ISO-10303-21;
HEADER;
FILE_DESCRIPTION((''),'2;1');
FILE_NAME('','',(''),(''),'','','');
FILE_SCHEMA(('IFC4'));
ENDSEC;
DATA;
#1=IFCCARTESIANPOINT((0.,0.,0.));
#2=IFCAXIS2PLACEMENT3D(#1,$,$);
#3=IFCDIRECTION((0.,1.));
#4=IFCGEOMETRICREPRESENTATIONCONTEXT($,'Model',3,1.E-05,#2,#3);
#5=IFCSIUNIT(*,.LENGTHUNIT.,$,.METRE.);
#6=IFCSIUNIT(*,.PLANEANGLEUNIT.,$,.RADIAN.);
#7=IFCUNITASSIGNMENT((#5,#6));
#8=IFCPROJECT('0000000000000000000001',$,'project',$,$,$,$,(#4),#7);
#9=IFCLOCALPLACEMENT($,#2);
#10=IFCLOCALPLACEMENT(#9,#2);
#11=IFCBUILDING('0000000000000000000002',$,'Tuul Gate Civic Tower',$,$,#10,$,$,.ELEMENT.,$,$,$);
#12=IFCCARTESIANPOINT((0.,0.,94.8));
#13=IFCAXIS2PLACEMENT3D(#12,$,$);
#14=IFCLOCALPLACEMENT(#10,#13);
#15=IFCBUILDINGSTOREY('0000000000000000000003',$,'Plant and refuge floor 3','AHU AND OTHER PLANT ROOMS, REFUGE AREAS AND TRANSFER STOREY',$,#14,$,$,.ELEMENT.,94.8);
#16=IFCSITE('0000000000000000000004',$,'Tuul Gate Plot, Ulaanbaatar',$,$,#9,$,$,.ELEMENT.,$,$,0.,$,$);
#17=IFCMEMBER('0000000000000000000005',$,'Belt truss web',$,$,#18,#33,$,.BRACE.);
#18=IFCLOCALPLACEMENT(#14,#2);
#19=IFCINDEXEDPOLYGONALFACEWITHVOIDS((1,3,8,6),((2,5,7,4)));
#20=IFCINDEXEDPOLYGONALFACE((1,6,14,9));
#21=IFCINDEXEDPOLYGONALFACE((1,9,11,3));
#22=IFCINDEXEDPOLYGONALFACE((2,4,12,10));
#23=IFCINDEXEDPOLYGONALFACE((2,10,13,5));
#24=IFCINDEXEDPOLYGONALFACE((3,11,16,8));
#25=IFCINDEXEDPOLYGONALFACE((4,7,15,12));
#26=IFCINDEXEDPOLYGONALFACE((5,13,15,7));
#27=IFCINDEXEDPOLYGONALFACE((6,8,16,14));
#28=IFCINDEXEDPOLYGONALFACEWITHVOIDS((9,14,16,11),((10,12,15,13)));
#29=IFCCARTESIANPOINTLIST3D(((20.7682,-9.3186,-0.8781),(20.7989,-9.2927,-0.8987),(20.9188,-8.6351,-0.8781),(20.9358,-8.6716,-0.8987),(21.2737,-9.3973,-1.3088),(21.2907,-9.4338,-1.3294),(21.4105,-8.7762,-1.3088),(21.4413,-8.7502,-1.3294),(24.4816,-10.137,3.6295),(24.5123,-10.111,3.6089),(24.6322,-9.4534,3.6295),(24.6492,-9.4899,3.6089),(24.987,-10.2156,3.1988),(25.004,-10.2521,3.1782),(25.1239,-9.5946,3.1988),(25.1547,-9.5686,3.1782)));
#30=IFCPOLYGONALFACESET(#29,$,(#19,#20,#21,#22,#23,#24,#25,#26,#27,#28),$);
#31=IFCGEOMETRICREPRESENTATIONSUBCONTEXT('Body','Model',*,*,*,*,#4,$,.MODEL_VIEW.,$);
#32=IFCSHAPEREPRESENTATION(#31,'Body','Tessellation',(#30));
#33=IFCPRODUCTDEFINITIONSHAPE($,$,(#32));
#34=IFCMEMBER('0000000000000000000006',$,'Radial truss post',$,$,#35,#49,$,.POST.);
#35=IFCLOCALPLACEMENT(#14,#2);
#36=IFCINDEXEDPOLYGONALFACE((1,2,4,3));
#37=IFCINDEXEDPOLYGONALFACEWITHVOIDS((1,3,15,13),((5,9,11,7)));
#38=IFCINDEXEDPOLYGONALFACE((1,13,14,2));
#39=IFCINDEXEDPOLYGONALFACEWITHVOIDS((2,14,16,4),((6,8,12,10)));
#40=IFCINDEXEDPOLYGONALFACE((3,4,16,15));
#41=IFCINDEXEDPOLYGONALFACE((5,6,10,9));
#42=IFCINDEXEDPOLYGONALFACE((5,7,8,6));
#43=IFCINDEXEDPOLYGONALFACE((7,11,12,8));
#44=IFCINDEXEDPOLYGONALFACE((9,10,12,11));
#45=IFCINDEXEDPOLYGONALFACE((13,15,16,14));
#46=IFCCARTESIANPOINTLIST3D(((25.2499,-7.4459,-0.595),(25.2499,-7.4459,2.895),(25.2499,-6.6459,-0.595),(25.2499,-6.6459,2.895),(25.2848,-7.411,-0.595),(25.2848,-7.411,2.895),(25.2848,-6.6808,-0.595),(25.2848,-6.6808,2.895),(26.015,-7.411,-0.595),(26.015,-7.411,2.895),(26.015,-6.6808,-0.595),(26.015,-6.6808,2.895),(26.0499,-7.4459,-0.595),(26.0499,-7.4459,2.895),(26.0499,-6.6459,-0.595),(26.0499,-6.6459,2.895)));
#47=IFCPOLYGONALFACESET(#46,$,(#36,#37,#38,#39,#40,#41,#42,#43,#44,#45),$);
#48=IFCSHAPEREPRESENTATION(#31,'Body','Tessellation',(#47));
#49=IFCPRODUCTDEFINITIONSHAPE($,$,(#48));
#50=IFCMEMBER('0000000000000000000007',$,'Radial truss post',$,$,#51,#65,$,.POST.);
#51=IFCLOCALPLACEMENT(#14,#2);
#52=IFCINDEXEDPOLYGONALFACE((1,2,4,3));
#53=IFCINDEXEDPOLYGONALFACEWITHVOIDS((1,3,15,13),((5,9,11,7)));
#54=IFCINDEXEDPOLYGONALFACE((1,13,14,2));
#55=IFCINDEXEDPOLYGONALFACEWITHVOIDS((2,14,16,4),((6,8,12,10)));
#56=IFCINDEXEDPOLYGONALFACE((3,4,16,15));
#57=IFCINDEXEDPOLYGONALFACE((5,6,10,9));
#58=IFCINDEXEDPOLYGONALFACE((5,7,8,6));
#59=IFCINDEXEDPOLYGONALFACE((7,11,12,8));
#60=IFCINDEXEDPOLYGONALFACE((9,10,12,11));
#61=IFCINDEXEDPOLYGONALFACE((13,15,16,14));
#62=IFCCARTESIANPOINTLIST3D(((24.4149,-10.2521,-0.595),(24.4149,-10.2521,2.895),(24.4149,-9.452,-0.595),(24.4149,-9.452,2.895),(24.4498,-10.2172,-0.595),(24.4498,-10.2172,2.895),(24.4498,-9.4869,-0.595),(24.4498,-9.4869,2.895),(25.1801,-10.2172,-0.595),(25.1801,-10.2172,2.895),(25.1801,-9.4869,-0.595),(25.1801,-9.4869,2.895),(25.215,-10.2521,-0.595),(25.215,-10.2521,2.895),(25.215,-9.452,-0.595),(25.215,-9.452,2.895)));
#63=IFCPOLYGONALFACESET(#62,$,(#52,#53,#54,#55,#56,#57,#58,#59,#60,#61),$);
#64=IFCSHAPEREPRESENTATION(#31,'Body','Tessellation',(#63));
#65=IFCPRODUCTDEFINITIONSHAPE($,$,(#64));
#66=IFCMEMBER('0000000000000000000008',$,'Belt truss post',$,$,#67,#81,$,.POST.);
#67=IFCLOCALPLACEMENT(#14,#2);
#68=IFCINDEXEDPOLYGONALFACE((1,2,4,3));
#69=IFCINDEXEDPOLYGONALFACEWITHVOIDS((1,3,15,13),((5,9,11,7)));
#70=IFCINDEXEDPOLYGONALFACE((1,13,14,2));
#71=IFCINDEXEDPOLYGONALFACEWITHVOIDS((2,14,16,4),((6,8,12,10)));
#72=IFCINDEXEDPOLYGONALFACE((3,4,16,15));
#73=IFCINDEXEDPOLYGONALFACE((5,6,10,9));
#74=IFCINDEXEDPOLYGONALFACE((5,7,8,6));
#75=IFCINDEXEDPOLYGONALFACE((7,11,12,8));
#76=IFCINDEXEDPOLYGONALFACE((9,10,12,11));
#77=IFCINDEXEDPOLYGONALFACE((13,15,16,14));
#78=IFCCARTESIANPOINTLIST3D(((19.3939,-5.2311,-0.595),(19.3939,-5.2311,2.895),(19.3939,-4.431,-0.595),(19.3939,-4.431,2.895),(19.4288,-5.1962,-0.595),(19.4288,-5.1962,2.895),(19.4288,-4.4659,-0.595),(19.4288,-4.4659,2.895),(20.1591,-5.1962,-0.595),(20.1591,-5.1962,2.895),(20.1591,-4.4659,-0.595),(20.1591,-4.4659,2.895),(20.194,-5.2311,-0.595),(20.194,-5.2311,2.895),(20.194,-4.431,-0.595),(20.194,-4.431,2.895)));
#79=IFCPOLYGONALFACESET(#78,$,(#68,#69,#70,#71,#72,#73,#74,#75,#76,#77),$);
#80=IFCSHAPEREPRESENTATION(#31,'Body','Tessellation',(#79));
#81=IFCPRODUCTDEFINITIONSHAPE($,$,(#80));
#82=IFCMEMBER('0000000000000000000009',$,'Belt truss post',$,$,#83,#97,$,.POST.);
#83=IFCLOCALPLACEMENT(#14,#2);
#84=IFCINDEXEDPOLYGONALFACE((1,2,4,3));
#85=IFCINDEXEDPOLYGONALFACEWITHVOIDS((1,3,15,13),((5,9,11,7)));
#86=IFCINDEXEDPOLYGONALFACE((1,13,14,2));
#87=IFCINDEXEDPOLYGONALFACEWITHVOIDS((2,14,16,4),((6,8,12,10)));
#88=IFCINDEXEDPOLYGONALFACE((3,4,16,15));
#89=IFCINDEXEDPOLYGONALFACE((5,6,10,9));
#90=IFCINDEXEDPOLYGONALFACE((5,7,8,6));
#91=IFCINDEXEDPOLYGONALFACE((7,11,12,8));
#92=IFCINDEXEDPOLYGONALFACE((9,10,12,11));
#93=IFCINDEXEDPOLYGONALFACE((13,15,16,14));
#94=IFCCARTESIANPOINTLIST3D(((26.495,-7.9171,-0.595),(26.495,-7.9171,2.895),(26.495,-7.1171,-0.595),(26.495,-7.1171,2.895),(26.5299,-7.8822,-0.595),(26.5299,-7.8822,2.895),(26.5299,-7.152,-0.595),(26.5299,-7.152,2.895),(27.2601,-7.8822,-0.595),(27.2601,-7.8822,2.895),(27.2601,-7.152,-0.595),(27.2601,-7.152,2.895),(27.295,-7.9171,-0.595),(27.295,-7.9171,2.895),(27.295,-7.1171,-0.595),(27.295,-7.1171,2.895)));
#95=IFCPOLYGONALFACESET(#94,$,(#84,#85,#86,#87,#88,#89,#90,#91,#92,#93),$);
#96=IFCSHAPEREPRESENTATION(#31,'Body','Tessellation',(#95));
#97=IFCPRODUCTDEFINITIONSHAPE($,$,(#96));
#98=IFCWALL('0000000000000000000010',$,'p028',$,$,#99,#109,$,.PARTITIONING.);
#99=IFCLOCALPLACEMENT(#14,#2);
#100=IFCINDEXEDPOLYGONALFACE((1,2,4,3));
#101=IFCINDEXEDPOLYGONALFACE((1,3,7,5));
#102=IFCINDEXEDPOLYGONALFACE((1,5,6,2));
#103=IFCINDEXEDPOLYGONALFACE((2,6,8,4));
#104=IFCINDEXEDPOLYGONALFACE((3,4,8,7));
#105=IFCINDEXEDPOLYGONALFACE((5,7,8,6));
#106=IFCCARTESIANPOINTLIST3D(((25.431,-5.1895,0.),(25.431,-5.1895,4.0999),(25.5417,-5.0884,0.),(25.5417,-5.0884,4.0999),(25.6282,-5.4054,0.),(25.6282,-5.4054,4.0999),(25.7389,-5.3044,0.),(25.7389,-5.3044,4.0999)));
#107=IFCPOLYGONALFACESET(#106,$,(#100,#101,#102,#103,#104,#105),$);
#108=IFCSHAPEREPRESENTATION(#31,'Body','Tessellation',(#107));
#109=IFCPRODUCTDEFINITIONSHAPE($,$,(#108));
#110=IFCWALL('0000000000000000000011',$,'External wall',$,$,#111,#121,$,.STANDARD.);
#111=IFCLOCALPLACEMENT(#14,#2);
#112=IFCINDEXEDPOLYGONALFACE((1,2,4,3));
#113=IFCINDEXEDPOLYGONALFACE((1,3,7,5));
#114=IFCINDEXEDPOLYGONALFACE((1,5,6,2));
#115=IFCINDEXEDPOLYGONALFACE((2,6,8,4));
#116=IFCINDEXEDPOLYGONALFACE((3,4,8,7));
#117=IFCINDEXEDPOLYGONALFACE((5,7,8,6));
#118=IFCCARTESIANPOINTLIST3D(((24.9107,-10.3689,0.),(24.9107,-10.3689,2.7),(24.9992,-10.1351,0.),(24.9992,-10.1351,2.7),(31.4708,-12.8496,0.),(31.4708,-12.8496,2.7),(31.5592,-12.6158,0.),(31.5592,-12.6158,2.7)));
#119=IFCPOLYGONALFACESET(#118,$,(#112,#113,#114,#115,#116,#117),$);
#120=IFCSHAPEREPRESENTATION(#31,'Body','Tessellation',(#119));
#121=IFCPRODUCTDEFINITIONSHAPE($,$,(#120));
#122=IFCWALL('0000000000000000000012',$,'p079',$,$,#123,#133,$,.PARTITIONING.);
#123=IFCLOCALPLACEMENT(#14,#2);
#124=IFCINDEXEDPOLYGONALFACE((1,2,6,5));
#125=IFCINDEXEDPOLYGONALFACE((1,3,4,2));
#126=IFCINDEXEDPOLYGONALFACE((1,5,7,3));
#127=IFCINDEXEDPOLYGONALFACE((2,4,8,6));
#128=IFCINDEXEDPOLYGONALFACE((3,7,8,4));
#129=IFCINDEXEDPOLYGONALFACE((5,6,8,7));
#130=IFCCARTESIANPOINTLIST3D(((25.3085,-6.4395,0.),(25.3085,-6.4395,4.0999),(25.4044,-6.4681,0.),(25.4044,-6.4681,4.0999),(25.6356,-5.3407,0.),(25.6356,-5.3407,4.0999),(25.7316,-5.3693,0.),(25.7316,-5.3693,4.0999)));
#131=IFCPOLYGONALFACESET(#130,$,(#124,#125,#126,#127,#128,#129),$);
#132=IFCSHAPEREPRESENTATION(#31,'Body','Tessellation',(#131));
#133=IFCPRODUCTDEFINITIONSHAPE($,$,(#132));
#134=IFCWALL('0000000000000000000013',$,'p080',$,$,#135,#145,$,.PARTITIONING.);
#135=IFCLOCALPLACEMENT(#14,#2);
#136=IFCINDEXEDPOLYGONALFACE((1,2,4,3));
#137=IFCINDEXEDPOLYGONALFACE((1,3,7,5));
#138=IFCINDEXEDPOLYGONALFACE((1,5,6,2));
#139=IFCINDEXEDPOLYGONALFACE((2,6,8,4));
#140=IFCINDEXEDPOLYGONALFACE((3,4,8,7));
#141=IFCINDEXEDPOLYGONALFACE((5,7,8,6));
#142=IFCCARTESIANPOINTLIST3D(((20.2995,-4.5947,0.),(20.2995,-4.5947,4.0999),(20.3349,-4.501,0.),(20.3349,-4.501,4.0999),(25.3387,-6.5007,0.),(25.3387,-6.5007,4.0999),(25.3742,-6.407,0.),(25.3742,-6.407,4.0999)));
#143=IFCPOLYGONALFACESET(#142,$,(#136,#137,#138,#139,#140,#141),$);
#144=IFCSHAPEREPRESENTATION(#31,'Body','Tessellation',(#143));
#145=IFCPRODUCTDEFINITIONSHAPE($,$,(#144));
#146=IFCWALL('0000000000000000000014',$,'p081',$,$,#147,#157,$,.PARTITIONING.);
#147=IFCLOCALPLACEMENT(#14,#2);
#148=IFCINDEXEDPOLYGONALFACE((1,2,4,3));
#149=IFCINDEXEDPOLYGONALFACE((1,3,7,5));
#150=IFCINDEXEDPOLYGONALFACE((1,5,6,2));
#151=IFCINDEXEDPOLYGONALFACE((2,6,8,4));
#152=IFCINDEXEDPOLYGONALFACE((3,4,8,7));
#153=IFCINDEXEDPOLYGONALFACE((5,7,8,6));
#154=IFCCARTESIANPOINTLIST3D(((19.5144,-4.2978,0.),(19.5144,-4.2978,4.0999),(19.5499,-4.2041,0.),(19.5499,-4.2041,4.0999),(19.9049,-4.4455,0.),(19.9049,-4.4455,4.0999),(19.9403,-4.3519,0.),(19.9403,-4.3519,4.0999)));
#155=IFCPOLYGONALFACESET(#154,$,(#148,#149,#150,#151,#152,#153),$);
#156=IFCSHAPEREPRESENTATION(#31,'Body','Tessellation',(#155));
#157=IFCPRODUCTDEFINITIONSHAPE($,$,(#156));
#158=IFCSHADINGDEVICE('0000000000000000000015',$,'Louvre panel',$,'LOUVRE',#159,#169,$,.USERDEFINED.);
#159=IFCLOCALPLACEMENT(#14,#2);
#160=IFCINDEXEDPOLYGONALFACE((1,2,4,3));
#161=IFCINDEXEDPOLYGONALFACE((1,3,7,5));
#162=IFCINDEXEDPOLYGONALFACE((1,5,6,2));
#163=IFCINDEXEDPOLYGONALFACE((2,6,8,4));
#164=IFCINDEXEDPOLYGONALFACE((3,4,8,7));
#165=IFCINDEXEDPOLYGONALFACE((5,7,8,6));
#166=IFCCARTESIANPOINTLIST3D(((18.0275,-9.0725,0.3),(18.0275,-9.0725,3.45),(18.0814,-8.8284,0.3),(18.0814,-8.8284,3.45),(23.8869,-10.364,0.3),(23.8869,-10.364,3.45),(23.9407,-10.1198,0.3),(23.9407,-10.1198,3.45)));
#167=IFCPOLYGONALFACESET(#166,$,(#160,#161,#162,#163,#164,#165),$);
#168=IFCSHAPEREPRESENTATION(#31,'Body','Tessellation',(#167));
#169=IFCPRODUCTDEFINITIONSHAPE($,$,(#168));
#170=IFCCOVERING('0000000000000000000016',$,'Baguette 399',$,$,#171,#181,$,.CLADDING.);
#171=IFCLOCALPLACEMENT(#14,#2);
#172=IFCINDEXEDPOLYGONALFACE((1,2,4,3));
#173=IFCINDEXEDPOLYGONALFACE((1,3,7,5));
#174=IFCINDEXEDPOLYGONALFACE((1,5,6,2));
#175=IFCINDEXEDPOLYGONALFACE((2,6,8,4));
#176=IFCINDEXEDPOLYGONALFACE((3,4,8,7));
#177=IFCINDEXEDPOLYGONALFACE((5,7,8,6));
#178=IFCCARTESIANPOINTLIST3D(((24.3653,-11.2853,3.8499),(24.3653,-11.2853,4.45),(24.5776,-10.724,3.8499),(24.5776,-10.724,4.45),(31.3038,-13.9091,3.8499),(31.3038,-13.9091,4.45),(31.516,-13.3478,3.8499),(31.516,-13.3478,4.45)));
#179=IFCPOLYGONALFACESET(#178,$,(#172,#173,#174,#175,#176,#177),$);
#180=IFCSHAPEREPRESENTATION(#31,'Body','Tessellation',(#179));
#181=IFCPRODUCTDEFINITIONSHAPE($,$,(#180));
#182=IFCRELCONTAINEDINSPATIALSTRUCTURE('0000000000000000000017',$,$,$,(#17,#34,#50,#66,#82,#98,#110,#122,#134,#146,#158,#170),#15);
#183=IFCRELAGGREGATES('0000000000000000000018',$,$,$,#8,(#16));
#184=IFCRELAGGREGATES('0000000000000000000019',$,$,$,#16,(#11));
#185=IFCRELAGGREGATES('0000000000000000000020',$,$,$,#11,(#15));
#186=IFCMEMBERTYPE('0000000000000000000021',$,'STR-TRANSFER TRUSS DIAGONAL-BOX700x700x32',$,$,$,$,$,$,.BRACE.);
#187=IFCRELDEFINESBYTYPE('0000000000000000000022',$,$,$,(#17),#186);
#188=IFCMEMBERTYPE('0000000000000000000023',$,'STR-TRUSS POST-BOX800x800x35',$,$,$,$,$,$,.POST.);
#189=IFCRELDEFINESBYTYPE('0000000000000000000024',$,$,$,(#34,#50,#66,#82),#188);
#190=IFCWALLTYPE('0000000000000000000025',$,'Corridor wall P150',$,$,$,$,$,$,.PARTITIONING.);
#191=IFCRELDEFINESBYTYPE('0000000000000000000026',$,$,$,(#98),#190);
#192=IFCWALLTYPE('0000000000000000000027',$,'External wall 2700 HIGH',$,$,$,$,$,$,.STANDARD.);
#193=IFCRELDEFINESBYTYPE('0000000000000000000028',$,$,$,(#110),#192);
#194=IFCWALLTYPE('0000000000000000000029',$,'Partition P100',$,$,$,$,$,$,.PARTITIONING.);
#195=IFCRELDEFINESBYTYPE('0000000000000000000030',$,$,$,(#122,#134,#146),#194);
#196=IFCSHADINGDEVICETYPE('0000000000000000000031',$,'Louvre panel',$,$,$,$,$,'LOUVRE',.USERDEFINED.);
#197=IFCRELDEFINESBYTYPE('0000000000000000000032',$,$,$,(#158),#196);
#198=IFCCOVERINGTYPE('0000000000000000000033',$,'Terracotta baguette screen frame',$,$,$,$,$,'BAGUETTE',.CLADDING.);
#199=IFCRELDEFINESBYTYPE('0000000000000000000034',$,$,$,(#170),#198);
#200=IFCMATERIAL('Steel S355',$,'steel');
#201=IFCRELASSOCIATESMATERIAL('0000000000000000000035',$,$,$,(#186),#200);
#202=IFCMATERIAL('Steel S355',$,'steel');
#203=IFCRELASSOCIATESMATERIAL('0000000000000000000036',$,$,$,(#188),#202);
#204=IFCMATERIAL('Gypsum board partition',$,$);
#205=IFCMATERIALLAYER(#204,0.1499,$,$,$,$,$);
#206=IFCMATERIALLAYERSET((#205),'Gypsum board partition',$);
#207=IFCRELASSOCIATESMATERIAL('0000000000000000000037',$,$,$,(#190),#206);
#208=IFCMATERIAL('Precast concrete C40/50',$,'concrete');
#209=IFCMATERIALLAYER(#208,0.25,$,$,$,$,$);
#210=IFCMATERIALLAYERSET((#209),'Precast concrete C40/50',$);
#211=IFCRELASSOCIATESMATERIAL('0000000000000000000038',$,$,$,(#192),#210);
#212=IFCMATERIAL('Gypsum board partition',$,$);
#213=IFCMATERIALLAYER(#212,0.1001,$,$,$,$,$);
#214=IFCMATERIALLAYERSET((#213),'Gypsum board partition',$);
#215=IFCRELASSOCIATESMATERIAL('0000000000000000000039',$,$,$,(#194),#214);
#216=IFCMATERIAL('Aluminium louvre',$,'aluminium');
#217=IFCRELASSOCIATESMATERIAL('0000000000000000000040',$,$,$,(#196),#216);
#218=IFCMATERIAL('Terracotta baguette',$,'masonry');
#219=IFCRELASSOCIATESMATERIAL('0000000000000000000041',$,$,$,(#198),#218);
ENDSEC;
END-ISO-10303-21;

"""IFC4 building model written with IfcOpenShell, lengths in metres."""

from ifc_helpers import new_model, si_unit, direction, frame, frame_2d, origin, origin_2d, place, context, subcontext, project, spatial, rectangle, hollow_rectangle, extrude, material, layer, layer_set, material_profile, profile_set, type_object, element, save


model = new_model("IFC4")

# Units and contexts
model_context = context("Model", 3, precision=1e-05, world=origin(), true_north=direction((0.0, 1.0)))
body_context = subcontext(model_context, "Body", "Model", "MODEL_VIEW")
ifc_project = project(units=[si_unit("LENGTHUNIT", "METRE"), si_unit("PLANEANGLEUNIT", "RADIAN")], contexts=[model_context])

# Site, building, storey
site_placement = place(None, origin())
site = spatial("IfcSite", under=ifc_project, at=site_placement, Name="Tuul Gate Plot, Ulaanbaatar", CompositionType="ELEMENT", RefElevation=0.0)
building_placement = place(site_placement, origin())
building = spatial("IfcBuilding", under=site, at=building_placement, Name="Tuul Gate Civic Tower", CompositionType="ELEMENT")
storey_placement = place(building_placement, frame((0.0, 0.0, 94.8)))
storey = spatial("IfcBuildingStorey", under=building, at=storey_placement, Name="Plant and refuge floor 3", Description="AHU AND OTHER PLANT ROOMS, REFUGE AREAS AND TRANSFER STOREY", CompositionType="ELEMENT", Elevation=94.8)

# Members
ifc_material_1 = material(Name="Steel S355", Category="steel")
ifc_material_profile_1 = material_profile(ifc_material_1, hollow_rectangle(XDim=0.7, YDim=0.7, WallThickness=0.032, at=origin_2d()), Name="BOX700x700x32")
ifc_profile_set_1 = profile_set([ifc_material_profile_1], Name="Steel S355")
member_type_1 = type_object("IfcMemberType", Name="STR-TRANSFER TRUSS DIAGONAL-BOX700x700x32", PredefinedType="BRACE", material=ifc_profile_set_1)
member_1_placement = place(storey_placement, frame((21.1047, -9.0344, -1.1038), z_axis=(0.629684, -0.138771, 0.764356), x_axis=(0.215217, 0.976566, 0.0)))
element("IfcMember", 1, at=member_1_placement, inside=storey, type_object=member_type_1, Name="Belt truss web", PredefinedType="BRACE", context=body_context, shape_type="SweptSolid", body=[
    extrude(hollow_rectangle(XDim=0.7, YDim=0.7, WallThickness=0.032, at=origin_2d()), origin(), (0.0, 0.0, 1.0), 5.8972),
])
ifc_material_2 = material(Name="Steel S355", Category="steel")
ifc_material_profile_2 = material_profile(ifc_material_2, hollow_rectangle(XDim=0.8, YDim=0.8, WallThickness=0.0349, at=origin_2d()), Name="BOX800x800x35")
ifc_profile_set_2 = profile_set([ifc_material_profile_2], Name="Steel S355")
member_type_2 = type_object("IfcMemberType", Name="STR-TRUSS POST-BOX800x800x35", PredefinedType="POST", material=ifc_profile_set_2)
for number, where, z_axis, x_axis, name in (
    (2, (25.6499, -7.0459, -0.595), (0.0, 0.0, 1.0), (1.0, 0.0, 0.0), "Radial truss post"),
    (3, (24.8149, -9.8521, -0.595), (0.0, 0.0, 1.0), (1.0, 0.0, 0.0), "Radial truss post"),
    (4, (19.7939, -4.8311, -0.595), (0.0, 0.0, 1.0), (1.0, 0.0, 0.0), "Belt truss post"),
    (5, (26.895, -7.5171, -0.595), (0.0, 0.0, 1.0), (1.0, 0.0, 0.0), "Belt truss post"),
):
    element("IfcMember", number, at=place(storey_placement, frame(where, z_axis=z_axis, x_axis=x_axis)), inside=storey, type_object=member_type_2, Name=name, PredefinedType="POST", context=body_context, shape_type="SweptSolid", body=[
        extrude(hollow_rectangle(XDim=0.8, YDim=0.8, WallThickness=0.0349, at=origin_2d()), origin(), (0.0, 0.0, 1.0), 3.49),
    ])

# Walls
ifc_material_3 = material(Name="Gypsum board partition")
ifc_layer_1 = layer(ifc_material_3, 0.1499)
ifc_layer_set_1 = layer_set([ifc_layer_1], Name="Gypsum board partition")
wall_type_1 = type_object("IfcWallType", Name="Corridor wall P150", PredefinedType="PARTITIONING", material=ifc_layer_set_1)
wall_1_placement = place(storey_placement, frame((25.4863, -5.1389, 0.0), z_axis=(0.0, 0.0, 1.0), x_axis=(0.67425, -0.738504, 0.0)))
element("IfcWall", 6, at=wall_1_placement, inside=storey, type_object=wall_type_1, Name="p028", PredefinedType="PARTITIONING", context=body_context, shape_type="SweptSolid", body=[
    extrude(rectangle(XDim=0.2925, YDim=0.1499, at=frame_2d((0.1462, 0.0))), origin(), (0.0, 0.0, 1.0), 4.0999),
])
ifc_material_4 = material(Name="Precast concrete C40/50", Category="concrete")
ifc_layer_2 = layer(ifc_material_4, 0.25)
ifc_layer_set_2 = layer_set([ifc_layer_2], Name="Precast concrete C40/50")
wall_type_2 = type_object("IfcWallType", Name="External wall 2700 HIGH", PredefinedType="STANDARD", material=ifc_layer_set_2)
wall_2_placement = place(storey_placement, frame((24.9548, -10.252, 0.0), z_axis=(0.0, 0.0, 1.0), x_axis=(0.935356, -0.353709, 0.0)))
element("IfcWall", 7, at=wall_2_placement, inside=storey, type_object=wall_type_2, Name="External wall", PredefinedType="STANDARD", context=body_context, shape_type="SweptSolid", body=[
    extrude(rectangle(XDim=7.0134, YDim=0.25, at=frame_2d((3.5068, 0.0))), origin(), (0.0, 0.0, 1.0), 2.7),
])
ifc_material_5 = material(Name="Gypsum board partition")
ifc_layer_3 = layer(ifc_material_5, 0.1001)
ifc_layer_set_3 = layer_set([ifc_layer_3], Name="Gypsum board partition")
wall_type_3 = type_object("IfcWallType", Name="Partition P100", PredefinedType="PARTITIONING", material=ifc_layer_set_3)
wall_3_placement = place(storey_placement, frame((25.6836, -5.355, 0.0), z_axis=(0.0, 0.0, 1.0), x_axis=(-0.285335, -0.958428, 0.0)))
element("IfcWall", 8, at=wall_3_placement, inside=storey, type_object=wall_type_3, Name="p079", PredefinedType="PARTITIONING", context=body_context, shape_type="SweptSolid", body=[
    extrude(rectangle(XDim=1.1465, YDim=0.1001, at=frame_2d((0.5732, 0.0))), origin(), (0.0, 0.0, 1.0), 4.0999),
])
wall_4_placement = place(storey_placement, frame((25.3564, -6.4539, 0.0), z_axis=(0.0, 0.0, 1.0), x_axis=(-0.935333, 0.353769, 0.0)))
element("IfcWall", 9, at=wall_4_placement, inside=storey, type_object=wall_type_3, Name="p080", PredefinedType="PARTITIONING", context=body_context, shape_type="SweptSolid", body=[
    extrude(rectangle(XDim=5.3877, YDim=0.1001, at=frame_2d((2.6938, 0.0))), origin(), (0.0, 0.0, 1.0), 4.0999),
])
wall_5_placement = place(storey_placement, frame((19.9226, -4.3987, 0.0), z_axis=(0.0, 0.0, 1.0), x_axis=(-0.935291, 0.353878, 0.0)))
element("IfcWall", 10, at=wall_5_placement, inside=storey, type_object=wall_type_3, Name="p081", PredefinedType="PARTITIONING", context=body_context, shape_type="SweptSolid", body=[
    extrude(rectangle(XDim=0.4175, YDim=0.1001, at=frame_2d((0.2087, 0.0))), origin(), (0.0, 0.0, 1.0), 4.0999),
])

# Shading device
ifc_material_6 = material(Name="Aluminium louvre", Category="aluminium")
shading_device_type = type_object("IfcShadingDeviceType", Name="Louvre panel", ElementType="LOUVRE", PredefinedType="USERDEFINED", material=ifc_material_6)
shading_device_placement = place(storey_placement, frame((20.9841, -9.5962, 0.3), z_axis=(0.0, 0.0, 1.0), x_axis=(-0.215242, -0.976561, 0.0)))
element("IfcShadingDevice", 11, at=shading_device_placement, inside=storey, type_object=shading_device_type, Name="Louvre panel", ObjectType="LOUVRE", PredefinedType="USERDEFINED", context=body_context, shape_type="SweptSolid", body=[
    extrude(rectangle(XDim=0.25, YDim=6.0, at=origin_2d()), origin(), (0.0, 0.0, 1.0), 3.1499),
])

# Covering
ifc_material_7 = material(Name="Terracotta baguette", Category="masonry")
ifc_material_profile_3 = material_profile(ifc_material_7, rectangle(XDim=0.6001, YDim=0.6001, at=origin_2d()), Name="Terracotta baguette screen frame")
ifc_profile_set_3 = profile_set([ifc_material_profile_3], Name="Terracotta baguette")
covering_type = type_object("IfcCoveringType", Name="Terracotta baguette screen frame", ElementType="BAGUETTE", PredefinedType="CLADDING", material=ifc_profile_set_3)
covering_placement = place(storey_placement, frame((24.4714, -11.0046, 4.1499), z_axis=(0.935357, -0.353705, 0.0), x_axis=(0.353705, 0.935357, 0.0)))
element("IfcCovering", 12, at=covering_placement, inside=storey, type_object=covering_type, Name="Baguette 399", PredefinedType="CLADDING", context=body_context, shape_type="SweptSolid", body=[
    extrude(rectangle(XDim=0.6001, YDim=0.6001, at=origin_2d()), origin(), (0.0, 0.0, 1.0), 7.418),
])

save(model, "model.ifc")
